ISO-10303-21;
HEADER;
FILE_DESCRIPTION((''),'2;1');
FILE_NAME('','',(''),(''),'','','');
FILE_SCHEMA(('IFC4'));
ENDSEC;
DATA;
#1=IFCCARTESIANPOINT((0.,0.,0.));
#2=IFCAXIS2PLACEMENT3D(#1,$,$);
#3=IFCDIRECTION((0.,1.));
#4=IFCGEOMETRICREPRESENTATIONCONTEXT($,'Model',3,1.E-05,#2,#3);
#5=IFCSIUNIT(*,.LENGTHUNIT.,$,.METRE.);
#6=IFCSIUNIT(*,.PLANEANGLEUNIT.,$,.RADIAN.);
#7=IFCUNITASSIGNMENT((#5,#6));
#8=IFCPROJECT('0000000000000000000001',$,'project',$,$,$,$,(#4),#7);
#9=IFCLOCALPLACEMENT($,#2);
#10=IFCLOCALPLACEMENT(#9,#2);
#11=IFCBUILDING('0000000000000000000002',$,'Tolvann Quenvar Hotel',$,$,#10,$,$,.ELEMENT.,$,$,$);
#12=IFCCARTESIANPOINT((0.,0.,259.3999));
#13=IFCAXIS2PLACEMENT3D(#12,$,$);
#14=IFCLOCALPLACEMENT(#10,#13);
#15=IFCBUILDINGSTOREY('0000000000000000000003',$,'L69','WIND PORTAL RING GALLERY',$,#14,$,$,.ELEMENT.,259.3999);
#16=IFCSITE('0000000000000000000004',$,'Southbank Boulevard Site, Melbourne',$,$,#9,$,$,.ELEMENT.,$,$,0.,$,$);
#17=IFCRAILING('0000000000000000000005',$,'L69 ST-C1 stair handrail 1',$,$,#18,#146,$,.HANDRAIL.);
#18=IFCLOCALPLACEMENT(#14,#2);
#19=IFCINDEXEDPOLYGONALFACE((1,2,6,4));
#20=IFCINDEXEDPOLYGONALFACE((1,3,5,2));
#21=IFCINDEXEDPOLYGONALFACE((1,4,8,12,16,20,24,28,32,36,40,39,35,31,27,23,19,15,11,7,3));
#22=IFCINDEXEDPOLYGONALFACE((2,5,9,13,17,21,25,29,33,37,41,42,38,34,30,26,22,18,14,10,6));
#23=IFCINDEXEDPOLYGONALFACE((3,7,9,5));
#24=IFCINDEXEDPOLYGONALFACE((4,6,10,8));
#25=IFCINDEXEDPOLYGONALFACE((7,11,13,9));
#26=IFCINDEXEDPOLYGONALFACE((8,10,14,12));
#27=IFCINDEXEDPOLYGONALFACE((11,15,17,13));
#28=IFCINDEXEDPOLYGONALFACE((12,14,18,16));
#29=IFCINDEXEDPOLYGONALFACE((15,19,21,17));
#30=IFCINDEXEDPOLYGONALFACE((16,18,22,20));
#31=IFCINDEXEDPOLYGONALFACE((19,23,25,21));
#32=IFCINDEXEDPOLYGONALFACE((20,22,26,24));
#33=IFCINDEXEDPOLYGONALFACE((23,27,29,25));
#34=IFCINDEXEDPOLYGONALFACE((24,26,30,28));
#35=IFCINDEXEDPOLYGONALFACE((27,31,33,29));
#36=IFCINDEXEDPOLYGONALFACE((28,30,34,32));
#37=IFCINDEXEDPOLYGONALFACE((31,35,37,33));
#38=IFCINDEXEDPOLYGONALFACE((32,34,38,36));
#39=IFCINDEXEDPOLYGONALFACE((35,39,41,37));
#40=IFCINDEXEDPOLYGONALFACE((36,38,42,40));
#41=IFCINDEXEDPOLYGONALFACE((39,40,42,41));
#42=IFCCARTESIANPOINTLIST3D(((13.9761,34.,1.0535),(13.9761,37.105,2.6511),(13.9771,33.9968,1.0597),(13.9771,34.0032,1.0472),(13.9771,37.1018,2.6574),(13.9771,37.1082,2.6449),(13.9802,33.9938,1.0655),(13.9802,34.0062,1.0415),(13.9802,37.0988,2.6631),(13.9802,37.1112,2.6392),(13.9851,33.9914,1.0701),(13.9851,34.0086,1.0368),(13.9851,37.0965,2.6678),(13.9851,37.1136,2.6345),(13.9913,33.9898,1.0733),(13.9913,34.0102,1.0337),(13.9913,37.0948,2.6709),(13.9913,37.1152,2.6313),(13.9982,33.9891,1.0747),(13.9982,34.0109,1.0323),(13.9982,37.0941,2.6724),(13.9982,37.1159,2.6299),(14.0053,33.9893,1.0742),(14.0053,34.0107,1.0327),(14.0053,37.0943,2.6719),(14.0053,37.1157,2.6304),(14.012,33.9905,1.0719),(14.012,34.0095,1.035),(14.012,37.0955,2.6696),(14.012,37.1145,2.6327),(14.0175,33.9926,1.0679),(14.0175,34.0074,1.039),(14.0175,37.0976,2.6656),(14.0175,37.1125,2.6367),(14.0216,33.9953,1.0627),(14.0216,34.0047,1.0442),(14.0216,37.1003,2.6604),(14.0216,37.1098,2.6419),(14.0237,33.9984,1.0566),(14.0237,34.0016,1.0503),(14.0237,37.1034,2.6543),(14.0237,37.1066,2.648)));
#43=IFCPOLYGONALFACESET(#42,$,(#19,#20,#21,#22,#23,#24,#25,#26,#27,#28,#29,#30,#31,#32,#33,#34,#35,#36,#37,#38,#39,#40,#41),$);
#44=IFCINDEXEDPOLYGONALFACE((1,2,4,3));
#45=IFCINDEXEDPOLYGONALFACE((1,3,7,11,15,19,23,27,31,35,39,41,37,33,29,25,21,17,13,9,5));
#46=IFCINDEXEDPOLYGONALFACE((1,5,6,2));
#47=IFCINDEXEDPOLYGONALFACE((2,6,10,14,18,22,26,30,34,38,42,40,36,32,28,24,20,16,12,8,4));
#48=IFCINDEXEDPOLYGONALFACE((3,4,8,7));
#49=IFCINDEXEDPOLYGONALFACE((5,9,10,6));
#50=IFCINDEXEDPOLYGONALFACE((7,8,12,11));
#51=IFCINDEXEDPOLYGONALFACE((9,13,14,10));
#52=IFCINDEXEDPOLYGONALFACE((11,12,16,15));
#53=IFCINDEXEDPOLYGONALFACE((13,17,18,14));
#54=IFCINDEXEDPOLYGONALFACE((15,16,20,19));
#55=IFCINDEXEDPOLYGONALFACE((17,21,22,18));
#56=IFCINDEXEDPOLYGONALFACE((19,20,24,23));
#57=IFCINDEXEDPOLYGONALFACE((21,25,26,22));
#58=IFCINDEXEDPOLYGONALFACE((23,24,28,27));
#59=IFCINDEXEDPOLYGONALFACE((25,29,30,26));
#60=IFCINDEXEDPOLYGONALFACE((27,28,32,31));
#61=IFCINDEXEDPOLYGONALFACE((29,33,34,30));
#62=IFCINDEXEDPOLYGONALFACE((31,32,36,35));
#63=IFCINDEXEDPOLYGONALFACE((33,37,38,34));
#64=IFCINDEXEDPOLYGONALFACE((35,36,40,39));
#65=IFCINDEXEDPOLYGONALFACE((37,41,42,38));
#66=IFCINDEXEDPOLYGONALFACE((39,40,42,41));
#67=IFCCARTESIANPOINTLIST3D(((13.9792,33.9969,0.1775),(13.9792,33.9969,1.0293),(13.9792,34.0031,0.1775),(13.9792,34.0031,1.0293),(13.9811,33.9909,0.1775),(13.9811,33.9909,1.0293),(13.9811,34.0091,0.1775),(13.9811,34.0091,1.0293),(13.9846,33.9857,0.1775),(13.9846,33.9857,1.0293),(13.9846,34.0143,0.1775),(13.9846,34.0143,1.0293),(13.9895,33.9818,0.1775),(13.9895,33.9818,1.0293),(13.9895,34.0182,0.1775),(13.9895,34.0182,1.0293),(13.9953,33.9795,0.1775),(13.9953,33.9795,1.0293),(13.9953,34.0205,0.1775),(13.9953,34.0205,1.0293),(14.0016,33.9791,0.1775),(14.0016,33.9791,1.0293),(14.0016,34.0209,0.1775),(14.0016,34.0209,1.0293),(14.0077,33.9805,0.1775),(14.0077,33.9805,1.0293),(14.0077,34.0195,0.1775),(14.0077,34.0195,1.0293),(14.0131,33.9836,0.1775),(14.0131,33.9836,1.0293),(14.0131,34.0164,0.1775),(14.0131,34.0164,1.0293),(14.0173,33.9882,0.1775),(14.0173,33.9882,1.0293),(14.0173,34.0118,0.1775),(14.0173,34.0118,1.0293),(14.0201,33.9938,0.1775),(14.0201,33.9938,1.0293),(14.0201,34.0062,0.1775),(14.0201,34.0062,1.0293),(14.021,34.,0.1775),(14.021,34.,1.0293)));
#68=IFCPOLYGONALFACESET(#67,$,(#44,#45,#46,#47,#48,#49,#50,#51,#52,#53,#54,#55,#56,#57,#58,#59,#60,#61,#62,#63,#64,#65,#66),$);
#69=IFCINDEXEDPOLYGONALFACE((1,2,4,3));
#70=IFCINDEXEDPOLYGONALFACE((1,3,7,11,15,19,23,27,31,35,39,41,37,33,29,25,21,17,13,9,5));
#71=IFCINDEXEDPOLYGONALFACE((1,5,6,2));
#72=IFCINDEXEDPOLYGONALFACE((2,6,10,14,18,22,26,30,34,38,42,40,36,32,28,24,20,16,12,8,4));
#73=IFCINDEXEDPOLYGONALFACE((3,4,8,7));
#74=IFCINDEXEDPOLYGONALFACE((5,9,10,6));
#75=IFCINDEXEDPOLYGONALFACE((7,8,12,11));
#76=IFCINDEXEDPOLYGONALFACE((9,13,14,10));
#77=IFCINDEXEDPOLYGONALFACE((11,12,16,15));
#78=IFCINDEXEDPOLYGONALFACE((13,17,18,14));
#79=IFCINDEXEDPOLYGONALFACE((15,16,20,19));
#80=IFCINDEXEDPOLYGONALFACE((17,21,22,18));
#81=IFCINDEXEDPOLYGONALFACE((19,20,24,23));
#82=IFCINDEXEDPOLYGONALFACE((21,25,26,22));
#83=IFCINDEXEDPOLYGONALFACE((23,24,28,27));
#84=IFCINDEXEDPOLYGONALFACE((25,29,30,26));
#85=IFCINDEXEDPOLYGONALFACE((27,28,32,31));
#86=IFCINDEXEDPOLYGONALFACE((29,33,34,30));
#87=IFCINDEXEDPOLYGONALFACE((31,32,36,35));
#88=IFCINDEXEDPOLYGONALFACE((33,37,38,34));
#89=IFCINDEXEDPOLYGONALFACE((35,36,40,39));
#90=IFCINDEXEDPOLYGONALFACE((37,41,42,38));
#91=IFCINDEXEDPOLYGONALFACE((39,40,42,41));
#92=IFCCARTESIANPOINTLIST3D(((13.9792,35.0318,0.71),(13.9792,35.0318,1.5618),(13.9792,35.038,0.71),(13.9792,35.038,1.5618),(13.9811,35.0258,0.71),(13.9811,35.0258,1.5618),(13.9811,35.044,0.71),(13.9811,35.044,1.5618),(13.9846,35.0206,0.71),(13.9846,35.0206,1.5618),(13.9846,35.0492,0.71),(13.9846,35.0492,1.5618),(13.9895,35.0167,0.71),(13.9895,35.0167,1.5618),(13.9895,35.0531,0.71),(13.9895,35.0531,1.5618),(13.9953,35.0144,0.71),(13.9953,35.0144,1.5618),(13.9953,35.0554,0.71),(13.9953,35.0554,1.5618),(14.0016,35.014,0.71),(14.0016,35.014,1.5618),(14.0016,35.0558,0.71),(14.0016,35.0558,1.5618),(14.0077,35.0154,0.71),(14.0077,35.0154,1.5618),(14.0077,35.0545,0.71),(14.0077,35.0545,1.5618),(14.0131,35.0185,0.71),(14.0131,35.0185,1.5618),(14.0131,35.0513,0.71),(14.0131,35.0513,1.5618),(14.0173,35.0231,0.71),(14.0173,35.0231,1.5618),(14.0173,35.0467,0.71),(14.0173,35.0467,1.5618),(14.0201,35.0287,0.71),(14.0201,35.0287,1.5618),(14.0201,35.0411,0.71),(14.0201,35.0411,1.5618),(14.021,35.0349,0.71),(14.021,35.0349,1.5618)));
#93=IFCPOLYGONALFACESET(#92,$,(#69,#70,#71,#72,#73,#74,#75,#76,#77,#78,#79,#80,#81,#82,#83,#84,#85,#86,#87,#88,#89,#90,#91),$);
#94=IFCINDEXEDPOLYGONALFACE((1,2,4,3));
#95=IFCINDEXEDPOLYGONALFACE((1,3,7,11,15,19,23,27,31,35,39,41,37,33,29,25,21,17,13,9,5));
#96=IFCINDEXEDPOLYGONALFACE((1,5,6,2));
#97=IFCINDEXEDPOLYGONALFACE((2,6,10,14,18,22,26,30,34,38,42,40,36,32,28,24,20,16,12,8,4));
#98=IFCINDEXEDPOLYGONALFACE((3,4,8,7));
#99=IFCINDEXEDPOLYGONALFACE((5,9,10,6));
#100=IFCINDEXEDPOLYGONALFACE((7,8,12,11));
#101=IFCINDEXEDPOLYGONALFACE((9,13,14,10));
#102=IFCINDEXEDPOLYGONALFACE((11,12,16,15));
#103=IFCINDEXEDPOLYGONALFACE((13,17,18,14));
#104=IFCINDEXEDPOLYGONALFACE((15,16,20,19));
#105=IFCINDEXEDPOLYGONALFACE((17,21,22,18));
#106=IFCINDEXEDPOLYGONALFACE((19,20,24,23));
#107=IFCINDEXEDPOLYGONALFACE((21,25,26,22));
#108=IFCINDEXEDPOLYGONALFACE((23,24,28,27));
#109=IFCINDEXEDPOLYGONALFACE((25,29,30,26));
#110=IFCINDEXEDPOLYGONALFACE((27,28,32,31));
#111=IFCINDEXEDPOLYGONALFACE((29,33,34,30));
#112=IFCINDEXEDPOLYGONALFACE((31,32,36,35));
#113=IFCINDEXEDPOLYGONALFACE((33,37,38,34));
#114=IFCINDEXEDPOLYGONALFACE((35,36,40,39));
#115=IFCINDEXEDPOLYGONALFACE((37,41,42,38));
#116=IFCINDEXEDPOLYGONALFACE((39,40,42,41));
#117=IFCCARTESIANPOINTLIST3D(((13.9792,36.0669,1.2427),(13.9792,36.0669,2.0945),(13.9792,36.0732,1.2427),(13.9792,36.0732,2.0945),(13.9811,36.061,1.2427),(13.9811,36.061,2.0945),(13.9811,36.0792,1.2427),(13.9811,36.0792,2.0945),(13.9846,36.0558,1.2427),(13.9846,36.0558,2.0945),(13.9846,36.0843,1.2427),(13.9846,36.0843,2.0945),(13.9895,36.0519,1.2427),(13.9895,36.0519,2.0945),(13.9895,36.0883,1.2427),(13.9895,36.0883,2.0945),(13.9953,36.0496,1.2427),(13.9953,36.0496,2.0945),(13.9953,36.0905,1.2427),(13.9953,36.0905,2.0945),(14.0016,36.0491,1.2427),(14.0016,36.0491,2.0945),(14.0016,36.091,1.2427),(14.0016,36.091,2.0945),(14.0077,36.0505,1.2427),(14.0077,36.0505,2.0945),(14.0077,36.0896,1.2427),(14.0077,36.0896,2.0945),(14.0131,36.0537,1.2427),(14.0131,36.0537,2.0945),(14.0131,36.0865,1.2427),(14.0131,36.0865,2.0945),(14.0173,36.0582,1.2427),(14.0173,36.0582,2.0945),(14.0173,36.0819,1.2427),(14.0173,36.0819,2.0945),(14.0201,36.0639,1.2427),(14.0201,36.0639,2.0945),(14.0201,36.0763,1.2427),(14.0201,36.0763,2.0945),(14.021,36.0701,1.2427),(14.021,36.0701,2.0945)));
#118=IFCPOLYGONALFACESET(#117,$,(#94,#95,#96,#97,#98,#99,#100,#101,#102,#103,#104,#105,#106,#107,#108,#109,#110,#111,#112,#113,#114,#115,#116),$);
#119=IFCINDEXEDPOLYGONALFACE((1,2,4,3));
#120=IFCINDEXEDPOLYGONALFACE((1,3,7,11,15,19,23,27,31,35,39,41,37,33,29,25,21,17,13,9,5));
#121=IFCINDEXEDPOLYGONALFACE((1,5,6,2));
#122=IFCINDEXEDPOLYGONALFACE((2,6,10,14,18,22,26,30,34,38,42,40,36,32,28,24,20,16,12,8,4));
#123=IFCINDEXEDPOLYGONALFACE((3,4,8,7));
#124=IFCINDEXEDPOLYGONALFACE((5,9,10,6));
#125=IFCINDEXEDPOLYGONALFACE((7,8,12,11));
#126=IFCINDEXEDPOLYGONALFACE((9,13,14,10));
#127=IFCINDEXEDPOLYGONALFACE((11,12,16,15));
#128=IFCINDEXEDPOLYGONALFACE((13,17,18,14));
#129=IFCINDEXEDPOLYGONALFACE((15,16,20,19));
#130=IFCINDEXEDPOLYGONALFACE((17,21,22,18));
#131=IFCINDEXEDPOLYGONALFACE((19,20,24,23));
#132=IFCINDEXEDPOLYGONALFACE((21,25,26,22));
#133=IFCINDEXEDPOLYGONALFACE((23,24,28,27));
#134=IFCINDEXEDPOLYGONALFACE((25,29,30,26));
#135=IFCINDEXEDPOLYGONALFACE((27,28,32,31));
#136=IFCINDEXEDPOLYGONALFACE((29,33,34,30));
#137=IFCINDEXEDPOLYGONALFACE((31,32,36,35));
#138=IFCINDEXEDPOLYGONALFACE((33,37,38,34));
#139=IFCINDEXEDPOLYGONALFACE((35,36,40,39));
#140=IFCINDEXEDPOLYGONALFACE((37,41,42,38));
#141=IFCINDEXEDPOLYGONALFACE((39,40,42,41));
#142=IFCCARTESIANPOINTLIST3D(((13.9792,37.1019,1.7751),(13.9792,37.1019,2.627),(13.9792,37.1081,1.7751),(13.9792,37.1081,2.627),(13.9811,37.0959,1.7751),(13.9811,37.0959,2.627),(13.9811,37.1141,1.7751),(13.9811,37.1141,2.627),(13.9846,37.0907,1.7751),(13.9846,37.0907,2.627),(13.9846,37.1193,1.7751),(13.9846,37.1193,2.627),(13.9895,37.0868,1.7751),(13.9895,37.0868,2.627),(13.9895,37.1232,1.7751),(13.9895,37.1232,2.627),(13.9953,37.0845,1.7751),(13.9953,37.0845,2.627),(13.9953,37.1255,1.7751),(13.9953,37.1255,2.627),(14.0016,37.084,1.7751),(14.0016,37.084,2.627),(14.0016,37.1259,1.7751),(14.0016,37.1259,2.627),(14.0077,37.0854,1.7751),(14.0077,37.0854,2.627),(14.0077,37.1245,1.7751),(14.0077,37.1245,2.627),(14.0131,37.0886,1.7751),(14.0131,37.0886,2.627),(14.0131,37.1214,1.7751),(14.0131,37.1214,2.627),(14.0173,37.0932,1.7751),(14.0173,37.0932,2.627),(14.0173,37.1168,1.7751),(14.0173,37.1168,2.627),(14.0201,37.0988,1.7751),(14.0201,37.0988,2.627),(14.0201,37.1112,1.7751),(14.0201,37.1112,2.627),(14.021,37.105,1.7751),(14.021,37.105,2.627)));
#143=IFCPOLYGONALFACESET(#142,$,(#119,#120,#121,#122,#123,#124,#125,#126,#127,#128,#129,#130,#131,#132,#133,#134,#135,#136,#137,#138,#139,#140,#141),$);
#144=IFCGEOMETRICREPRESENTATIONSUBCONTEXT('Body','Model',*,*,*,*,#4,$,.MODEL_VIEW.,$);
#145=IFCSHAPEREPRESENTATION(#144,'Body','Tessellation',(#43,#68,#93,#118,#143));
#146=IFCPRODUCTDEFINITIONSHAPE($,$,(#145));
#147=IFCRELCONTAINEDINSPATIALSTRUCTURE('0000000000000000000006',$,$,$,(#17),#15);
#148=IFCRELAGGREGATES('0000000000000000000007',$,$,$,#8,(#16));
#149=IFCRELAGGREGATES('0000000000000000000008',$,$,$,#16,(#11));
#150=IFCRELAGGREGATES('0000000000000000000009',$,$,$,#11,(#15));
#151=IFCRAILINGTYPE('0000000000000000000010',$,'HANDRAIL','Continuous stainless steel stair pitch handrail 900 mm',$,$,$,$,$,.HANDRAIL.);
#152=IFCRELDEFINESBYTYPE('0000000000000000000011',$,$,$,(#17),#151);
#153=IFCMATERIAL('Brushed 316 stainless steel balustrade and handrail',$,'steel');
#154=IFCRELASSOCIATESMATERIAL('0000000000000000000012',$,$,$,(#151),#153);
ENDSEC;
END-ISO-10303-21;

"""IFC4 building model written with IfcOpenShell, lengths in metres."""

from ifc_helpers import new_model, si_unit, direction, frame, origin, origin_2d, place, context, subcontext, project, spatial, circle, extrude, material, type_object, element, save


model = new_model("IFC4")

# Units and contexts
model_context = context("Model", 3, precision=1e-05, world=origin(), true_north=direction((0.0, 1.0)))
body_context = subcontext(model_context, "Body", "Model", "MODEL_VIEW")
ifc_project = project(units=[si_unit("LENGTHUNIT", "METRE"), si_unit("PLANEANGLEUNIT", "RADIAN")], contexts=[model_context])

# Site, building, storey
site_placement = place(None, origin())
site = spatial("IfcSite", under=ifc_project, at=site_placement, Name="Southbank Boulevard Site, Melbourne", CompositionType="ELEMENT", RefElevation=0.0)
building_placement = place(site_placement, origin())
building = spatial("IfcBuilding", under=site, at=building_placement, Name="Tolvann Quenvar Hotel", CompositionType="ELEMENT")
storey_placement = place(building_placement, frame((0.0, 0.0, 259.3999)))
storey = spatial("IfcBuildingStorey", under=building, at=storey_placement, Name="L69", Description="WIND PORTAL RING GALLERY", CompositionType="ELEMENT", Elevation=259.3999)

# Railing
ifc_material_1 = material(Name="Brushed 316 stainless steel balustrade and handrail", Category="steel")
railing_type_1 = type_object("IfcRailingType", Name="HANDRAIL", Description="Continuous stainless steel stair pitch handrail 900 mm", PredefinedType="HANDRAIL", material=ifc_material_1)
railing_1_placement = place(storey_placement, frame((14.0, 34.0, 0.1775)))
element("IfcRailing", 1, at=railing_1_placement, inside=storey, type_object=railing_type_1, Name="L69 ST-C1 stair handrail 1", PredefinedType="HANDRAIL", context=body_context, shape_type="SweptSolid", body=[
    extrude(circle(Radius=0.0239, at=origin_2d()), frame((0.0, 0.0, 0.876), z_axis=(0.0, 0.889194, 0.457531), x_axis=(-1.0, 0.0, 0.0)), (0.0, 0.0, 1.0), 3.4919),
    extrude(circle(Radius=0.021, at=origin_2d()), origin(), (0.0, 0.0, 1.0), 0.8518),
    extrude(circle(Radius=0.021, at=origin_2d()), frame((0.0, 1.0349, 0.5325)), (0.0, 0.0, 1.0), 0.8518),
    extrude(circle(Radius=0.021, at=origin_2d()), frame((0.0, 2.0701, 1.0652)), (0.0, 0.0, 1.0), 0.8518),
    extrude(circle(Radius=0.021, at=origin_2d()), frame((0.0, 3.105, 1.5977)), (0.0, 0.0, 1.0), 0.8518),
])

save(model, "model.ifc")
